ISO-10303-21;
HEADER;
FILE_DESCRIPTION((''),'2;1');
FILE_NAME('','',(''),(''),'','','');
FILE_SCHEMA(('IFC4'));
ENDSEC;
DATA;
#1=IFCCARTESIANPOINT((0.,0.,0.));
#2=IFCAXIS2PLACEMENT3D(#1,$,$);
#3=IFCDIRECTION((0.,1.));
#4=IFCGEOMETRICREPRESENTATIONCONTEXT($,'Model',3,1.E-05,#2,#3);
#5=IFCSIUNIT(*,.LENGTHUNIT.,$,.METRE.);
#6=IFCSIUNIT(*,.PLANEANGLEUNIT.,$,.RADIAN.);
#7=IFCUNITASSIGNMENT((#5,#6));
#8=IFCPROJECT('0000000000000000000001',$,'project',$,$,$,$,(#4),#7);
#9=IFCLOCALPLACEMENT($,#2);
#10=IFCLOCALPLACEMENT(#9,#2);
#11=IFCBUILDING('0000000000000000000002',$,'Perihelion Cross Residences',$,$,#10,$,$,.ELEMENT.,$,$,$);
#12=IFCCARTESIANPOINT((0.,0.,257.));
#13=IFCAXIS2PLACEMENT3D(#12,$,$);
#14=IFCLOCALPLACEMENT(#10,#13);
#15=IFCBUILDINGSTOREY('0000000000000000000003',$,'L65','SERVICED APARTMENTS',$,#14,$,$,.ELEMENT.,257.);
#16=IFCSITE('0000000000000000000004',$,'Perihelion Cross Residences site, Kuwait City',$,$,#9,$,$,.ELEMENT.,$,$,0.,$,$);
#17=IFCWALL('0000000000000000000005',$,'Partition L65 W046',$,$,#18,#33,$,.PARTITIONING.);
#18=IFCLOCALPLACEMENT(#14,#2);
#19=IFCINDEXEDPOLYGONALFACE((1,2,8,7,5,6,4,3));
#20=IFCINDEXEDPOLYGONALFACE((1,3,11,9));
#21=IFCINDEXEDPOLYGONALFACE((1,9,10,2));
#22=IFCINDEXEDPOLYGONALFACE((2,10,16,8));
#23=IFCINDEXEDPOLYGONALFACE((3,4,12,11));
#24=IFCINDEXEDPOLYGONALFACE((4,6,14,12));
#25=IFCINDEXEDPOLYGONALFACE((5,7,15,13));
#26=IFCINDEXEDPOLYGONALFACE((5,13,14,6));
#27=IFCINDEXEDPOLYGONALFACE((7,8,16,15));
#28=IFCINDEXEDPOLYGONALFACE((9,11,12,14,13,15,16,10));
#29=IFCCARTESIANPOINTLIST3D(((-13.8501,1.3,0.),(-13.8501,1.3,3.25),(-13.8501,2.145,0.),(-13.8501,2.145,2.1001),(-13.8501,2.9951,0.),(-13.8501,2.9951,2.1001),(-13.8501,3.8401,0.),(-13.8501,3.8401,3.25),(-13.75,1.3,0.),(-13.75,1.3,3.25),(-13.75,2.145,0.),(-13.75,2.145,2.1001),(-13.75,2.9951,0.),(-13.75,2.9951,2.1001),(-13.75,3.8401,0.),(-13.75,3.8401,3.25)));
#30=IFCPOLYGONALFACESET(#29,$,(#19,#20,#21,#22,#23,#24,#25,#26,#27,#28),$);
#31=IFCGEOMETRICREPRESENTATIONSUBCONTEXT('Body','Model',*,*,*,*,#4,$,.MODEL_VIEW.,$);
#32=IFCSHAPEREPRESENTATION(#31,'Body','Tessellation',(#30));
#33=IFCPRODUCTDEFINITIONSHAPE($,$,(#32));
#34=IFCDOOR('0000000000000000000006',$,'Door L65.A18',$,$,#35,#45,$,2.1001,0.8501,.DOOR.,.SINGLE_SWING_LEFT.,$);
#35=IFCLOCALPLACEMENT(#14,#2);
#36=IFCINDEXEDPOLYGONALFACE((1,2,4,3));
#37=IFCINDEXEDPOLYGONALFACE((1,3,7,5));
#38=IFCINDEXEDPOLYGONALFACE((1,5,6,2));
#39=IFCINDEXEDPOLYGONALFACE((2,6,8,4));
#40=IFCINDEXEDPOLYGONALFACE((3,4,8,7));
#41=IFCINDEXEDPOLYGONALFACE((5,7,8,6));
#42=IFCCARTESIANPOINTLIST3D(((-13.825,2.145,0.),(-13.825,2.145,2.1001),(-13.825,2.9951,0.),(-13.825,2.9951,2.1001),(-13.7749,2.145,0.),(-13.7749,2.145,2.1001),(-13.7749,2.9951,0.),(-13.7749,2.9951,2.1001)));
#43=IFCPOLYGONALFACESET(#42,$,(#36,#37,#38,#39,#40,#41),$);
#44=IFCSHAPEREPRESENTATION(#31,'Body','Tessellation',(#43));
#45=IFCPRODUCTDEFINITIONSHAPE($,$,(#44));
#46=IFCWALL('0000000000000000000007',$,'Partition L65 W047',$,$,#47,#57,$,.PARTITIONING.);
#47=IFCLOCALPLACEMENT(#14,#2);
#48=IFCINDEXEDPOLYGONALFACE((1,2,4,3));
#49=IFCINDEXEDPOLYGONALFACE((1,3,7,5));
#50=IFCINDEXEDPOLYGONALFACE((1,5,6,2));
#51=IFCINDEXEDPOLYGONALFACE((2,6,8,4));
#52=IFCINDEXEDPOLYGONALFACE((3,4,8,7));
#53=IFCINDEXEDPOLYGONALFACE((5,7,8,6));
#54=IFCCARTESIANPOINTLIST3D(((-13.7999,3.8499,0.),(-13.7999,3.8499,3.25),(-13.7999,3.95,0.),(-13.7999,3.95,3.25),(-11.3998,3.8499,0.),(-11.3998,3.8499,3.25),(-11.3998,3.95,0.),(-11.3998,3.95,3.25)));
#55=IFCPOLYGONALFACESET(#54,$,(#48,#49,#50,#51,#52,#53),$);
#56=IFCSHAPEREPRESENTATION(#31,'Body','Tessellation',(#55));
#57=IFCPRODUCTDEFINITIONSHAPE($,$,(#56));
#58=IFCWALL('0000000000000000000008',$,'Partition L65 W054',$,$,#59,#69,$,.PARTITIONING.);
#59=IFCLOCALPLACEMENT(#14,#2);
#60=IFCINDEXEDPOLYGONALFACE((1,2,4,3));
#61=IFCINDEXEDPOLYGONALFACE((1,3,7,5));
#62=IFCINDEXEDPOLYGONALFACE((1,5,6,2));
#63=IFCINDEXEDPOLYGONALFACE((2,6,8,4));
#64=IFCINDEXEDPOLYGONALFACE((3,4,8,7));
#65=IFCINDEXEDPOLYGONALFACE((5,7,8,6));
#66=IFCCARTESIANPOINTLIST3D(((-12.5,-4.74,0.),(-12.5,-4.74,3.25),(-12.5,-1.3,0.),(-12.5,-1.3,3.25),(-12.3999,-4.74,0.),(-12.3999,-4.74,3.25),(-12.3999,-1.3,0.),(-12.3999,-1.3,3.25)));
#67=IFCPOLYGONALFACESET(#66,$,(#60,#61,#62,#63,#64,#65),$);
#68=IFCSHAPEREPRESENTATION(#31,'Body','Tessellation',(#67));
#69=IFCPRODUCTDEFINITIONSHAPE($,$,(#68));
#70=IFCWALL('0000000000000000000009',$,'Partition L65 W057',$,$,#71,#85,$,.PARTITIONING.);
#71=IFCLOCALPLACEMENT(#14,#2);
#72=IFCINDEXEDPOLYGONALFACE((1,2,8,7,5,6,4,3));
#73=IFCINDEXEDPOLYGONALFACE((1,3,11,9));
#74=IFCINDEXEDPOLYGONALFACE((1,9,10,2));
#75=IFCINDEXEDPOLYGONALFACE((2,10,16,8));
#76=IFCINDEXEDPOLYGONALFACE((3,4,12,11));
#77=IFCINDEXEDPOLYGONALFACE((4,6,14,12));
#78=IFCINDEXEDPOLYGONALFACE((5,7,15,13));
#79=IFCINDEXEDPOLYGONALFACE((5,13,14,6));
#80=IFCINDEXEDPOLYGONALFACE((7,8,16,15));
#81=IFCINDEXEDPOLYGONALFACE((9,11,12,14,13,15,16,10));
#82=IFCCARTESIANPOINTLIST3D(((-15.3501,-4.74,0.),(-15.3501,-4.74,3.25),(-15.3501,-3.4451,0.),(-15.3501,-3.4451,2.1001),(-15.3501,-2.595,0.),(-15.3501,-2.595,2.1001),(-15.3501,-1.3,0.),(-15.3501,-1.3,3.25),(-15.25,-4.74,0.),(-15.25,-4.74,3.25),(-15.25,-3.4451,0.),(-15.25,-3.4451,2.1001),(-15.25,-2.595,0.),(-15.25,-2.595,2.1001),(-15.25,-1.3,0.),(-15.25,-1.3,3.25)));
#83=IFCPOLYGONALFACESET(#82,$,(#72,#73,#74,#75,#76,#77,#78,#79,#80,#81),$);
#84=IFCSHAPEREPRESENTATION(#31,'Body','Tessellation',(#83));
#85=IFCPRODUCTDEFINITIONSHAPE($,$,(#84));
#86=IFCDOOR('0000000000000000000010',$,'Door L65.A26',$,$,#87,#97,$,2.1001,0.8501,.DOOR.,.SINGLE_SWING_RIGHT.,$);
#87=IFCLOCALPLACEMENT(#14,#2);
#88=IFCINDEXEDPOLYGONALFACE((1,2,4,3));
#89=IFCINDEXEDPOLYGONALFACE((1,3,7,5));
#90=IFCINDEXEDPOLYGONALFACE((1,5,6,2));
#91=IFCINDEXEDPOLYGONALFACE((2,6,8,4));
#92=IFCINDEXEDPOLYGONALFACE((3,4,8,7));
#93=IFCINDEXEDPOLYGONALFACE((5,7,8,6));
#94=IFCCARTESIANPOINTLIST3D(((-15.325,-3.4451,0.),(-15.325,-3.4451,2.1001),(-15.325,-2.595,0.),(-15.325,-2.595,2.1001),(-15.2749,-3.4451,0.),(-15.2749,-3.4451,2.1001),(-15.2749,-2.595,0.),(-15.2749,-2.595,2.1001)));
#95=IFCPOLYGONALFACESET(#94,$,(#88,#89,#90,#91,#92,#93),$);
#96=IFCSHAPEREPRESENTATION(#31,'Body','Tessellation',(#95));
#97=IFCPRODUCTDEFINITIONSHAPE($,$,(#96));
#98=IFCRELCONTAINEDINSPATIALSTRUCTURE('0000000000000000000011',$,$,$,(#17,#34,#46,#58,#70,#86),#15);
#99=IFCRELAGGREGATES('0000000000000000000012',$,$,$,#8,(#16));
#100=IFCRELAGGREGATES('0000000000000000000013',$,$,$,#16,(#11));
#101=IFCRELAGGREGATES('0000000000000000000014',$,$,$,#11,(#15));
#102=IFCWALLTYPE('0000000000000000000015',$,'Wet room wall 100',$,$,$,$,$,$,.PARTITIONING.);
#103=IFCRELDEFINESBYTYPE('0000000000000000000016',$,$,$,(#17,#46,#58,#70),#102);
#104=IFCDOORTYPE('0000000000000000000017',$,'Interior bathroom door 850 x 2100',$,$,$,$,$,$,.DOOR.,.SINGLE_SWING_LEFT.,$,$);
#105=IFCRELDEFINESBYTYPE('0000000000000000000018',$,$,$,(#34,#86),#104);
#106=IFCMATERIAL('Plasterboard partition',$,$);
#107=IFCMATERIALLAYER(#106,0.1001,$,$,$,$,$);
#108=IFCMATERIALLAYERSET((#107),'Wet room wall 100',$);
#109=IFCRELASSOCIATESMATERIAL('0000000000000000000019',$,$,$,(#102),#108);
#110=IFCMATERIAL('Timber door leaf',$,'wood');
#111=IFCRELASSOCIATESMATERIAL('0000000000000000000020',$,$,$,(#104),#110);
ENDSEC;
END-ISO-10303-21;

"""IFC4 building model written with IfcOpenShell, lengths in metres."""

from ifc_helpers import new_model, si_unit, direction, frame, frame_2d, origin, place, context, subcontext, project, spatial, rectangle, extrude, material, layer, layer_set, type_object, element, fill, save


model = new_model("IFC4")

# Units and contexts
model_context = context("Model", 3, precision=1e-05, world=origin(), true_north=direction((0.0, 1.0)))
body_context = subcontext(model_context, "Body", "Model", "MODEL_VIEW")
ifc_project = project(units=[si_unit("LENGTHUNIT", "METRE"), si_unit("PLANEANGLEUNIT", "RADIAN")], contexts=[model_context])

# Site, building, storey
site_placement = place(None, origin())
site = spatial("IfcSite", under=ifc_project, at=site_placement, Name="Perihelion Cross Residences site, Kuwait City", CompositionType="ELEMENT", RefElevation=0.0)
building_placement = place(site_placement, origin())
building = spatial("IfcBuilding", under=site, at=building_placement, Name="Perihelion Cross Residences", CompositionType="ELEMENT")
storey_placement = place(building_placement, frame((0.0, 0.0, 257.0)))
storey = spatial("IfcBuildingStorey", under=building, at=storey_placement, Name="L65", Description="SERVICED APARTMENTS", CompositionType="ELEMENT", Elevation=257.0)

# Shared definitions
ifc_material_1 = material(Name="Plasterboard partition")
ifc_layer_1 = layer(ifc_material_1, 0.1001)
ifc_layer_set_1 = layer_set([ifc_layer_1], Name="Wet room wall 100")
wall_type_1 = type_object("IfcWallType", Name="Wet room wall 100", PredefinedType="PARTITIONING", material=ifc_layer_set_1)

# Wall, opening, door
wall_1_placement = place(storey_placement, frame((-13.8, 1.3, 0.0), z_axis=(0.0, 0.0, 1.0), x_axis=(0.0, 1.0, 0.0)))
wall_1 = element("IfcWall", 1, at=wall_1_placement, inside=storey, type_object=wall_type_1, Name="Partition L65 W046", PredefinedType="PARTITIONING", context=body_context, shape_type="SweptSolid", body=[
    extrude(rectangle(XDim=2.54, YDim=0.1001, at=frame_2d((1.27, 0.0))), origin(), (0.0, 0.0, 1.0), 3.25),
])
opening_1_placement = place(wall_1_placement, frame((0.845, 0.0, 0.0)))
opening_1 = element("IfcOpeningElement", 2, at=opening_1_placement, cuts=wall_1, PredefinedType="OPENING", context=body_context, shape_type="SweptSolid", body=[
    extrude(rectangle(XDim=0.8501, YDim=2.1001, at=frame_2d((0.425, 1.05))), frame((0.0, 0.0601, 0.0), z_axis=(0.0, -1.0, 0.0), x_axis=(1.0, 0.0, 0.0)), (0.0, 0.0, 1.0), 0.1201),
])
ifc_material_2 = material(Name="Timber door leaf", Category="wood")
door_type_1 = type_object("IfcDoorType", Name="Interior bathroom door 850 x 2100", OperationType="SINGLE_SWING_LEFT", PredefinedType="DOOR", material=ifc_material_2)
door_1_placement = place(opening_1_placement, origin())
door_1 = element("IfcDoor", 3, at=door_1_placement, inside=storey, type_object=door_type_1, Name="Door L65.A18", OperationType="SINGLE_SWING_LEFT", OverallHeight=2.1001, OverallWidth=0.8501, PredefinedType="DOOR", context=body_context, shape_type="SweptSolid", body=[
    extrude(rectangle(XDim=0.8501, YDim=2.1001, at=frame_2d((0.425, 1.05))), frame((0.0, 0.0249, 0.0), z_axis=(0.0, -1.0, 0.0), x_axis=(1.0, 0.0, 0.0)), (0.0, 0.0, 1.0), 0.05),
])
fill(opening_1, door_1)

# Walls
wall_2_placement = place(storey_placement, frame((-13.8, 3.8999, 0.0), z_axis=(0.0, 0.0, 1.0), x_axis=(1.0, 0.0, 0.0)))
element("IfcWall", 4, at=wall_2_placement, inside=storey, type_object=wall_type_1, Name="Partition L65 W047", PredefinedType="PARTITIONING", context=body_context, shape_type="SweptSolid", body=[
    extrude(rectangle(XDim=2.4001, YDim=0.1001, at=frame_2d((1.2002, 0.0))), origin(), (0.0, 0.0, 1.0), 3.25),
])
wall_3_placement = place(storey_placement, frame((-12.45, -4.74, 0.0), z_axis=(0.0, 0.0, 1.0), x_axis=(0.0, 1.0, 0.0)))
element("IfcWall", 5, at=wall_3_placement, inside=storey, type_object=wall_type_1, Name="Partition L65 W054", PredefinedType="PARTITIONING", context=body_context, shape_type="SweptSolid", body=[
    extrude(rectangle(XDim=3.4399, YDim=0.1001, at=frame_2d((1.72, 0.0))), origin(), (0.0, 0.0, 1.0), 3.25),
])

# Wall, opening, door
wall_4_placement = place(storey_placement, frame((-15.3, -4.74, 0.0), z_axis=(0.0, 0.0, 1.0), x_axis=(0.0, 1.0, 0.0)))
wall_4 = element("IfcWall", 6, at=wall_4_placement, inside=storey, type_object=wall_type_1, Name="Partition L65 W057", PredefinedType="PARTITIONING", context=body_context, shape_type="SweptSolid", body=[
    extrude(rectangle(XDim=3.4399, YDim=0.1001, at=frame_2d((1.72, 0.0))), origin(), (0.0, 0.0, 1.0), 3.25),
])
opening_2_placement = place(wall_4_placement, frame((1.2949, 0.0, 0.0)))
opening_2 = element("IfcOpeningElement", 7, at=opening_2_placement, cuts=wall_4, PredefinedType="OPENING", context=body_context, shape_type="SweptSolid", body=[
    extrude(rectangle(XDim=0.8501, YDim=2.1001, at=frame_2d((0.425, 1.05))), frame((0.0, 0.0601, 0.0), z_axis=(0.0, -1.0, 0.0), x_axis=(1.0, 0.0, 0.0)), (0.0, 0.0, 1.0), 0.1201),
])
door_2_placement = place(opening_2_placement, origin())
door_2 = element("IfcDoor", 8, at=door_2_placement, inside=storey, type_object=door_type_1, Name="Door L65.A26", OperationType="SINGLE_SWING_RIGHT", OverallHeight=2.1001, OverallWidth=0.8501, PredefinedType="DOOR", context=body_context, shape_type="SweptSolid", body=[
    extrude(rectangle(XDim=0.8501, YDim=2.1001, at=frame_2d((0.425, 1.05))), frame((0.0, 0.0249, 0.0), z_axis=(0.0, -1.0, 0.0), x_axis=(1.0, 0.0, 0.0)), (0.0, 0.0, 1.0), 0.05),
])
fill(opening_2, door_2)

save(model, "model.ifc")
